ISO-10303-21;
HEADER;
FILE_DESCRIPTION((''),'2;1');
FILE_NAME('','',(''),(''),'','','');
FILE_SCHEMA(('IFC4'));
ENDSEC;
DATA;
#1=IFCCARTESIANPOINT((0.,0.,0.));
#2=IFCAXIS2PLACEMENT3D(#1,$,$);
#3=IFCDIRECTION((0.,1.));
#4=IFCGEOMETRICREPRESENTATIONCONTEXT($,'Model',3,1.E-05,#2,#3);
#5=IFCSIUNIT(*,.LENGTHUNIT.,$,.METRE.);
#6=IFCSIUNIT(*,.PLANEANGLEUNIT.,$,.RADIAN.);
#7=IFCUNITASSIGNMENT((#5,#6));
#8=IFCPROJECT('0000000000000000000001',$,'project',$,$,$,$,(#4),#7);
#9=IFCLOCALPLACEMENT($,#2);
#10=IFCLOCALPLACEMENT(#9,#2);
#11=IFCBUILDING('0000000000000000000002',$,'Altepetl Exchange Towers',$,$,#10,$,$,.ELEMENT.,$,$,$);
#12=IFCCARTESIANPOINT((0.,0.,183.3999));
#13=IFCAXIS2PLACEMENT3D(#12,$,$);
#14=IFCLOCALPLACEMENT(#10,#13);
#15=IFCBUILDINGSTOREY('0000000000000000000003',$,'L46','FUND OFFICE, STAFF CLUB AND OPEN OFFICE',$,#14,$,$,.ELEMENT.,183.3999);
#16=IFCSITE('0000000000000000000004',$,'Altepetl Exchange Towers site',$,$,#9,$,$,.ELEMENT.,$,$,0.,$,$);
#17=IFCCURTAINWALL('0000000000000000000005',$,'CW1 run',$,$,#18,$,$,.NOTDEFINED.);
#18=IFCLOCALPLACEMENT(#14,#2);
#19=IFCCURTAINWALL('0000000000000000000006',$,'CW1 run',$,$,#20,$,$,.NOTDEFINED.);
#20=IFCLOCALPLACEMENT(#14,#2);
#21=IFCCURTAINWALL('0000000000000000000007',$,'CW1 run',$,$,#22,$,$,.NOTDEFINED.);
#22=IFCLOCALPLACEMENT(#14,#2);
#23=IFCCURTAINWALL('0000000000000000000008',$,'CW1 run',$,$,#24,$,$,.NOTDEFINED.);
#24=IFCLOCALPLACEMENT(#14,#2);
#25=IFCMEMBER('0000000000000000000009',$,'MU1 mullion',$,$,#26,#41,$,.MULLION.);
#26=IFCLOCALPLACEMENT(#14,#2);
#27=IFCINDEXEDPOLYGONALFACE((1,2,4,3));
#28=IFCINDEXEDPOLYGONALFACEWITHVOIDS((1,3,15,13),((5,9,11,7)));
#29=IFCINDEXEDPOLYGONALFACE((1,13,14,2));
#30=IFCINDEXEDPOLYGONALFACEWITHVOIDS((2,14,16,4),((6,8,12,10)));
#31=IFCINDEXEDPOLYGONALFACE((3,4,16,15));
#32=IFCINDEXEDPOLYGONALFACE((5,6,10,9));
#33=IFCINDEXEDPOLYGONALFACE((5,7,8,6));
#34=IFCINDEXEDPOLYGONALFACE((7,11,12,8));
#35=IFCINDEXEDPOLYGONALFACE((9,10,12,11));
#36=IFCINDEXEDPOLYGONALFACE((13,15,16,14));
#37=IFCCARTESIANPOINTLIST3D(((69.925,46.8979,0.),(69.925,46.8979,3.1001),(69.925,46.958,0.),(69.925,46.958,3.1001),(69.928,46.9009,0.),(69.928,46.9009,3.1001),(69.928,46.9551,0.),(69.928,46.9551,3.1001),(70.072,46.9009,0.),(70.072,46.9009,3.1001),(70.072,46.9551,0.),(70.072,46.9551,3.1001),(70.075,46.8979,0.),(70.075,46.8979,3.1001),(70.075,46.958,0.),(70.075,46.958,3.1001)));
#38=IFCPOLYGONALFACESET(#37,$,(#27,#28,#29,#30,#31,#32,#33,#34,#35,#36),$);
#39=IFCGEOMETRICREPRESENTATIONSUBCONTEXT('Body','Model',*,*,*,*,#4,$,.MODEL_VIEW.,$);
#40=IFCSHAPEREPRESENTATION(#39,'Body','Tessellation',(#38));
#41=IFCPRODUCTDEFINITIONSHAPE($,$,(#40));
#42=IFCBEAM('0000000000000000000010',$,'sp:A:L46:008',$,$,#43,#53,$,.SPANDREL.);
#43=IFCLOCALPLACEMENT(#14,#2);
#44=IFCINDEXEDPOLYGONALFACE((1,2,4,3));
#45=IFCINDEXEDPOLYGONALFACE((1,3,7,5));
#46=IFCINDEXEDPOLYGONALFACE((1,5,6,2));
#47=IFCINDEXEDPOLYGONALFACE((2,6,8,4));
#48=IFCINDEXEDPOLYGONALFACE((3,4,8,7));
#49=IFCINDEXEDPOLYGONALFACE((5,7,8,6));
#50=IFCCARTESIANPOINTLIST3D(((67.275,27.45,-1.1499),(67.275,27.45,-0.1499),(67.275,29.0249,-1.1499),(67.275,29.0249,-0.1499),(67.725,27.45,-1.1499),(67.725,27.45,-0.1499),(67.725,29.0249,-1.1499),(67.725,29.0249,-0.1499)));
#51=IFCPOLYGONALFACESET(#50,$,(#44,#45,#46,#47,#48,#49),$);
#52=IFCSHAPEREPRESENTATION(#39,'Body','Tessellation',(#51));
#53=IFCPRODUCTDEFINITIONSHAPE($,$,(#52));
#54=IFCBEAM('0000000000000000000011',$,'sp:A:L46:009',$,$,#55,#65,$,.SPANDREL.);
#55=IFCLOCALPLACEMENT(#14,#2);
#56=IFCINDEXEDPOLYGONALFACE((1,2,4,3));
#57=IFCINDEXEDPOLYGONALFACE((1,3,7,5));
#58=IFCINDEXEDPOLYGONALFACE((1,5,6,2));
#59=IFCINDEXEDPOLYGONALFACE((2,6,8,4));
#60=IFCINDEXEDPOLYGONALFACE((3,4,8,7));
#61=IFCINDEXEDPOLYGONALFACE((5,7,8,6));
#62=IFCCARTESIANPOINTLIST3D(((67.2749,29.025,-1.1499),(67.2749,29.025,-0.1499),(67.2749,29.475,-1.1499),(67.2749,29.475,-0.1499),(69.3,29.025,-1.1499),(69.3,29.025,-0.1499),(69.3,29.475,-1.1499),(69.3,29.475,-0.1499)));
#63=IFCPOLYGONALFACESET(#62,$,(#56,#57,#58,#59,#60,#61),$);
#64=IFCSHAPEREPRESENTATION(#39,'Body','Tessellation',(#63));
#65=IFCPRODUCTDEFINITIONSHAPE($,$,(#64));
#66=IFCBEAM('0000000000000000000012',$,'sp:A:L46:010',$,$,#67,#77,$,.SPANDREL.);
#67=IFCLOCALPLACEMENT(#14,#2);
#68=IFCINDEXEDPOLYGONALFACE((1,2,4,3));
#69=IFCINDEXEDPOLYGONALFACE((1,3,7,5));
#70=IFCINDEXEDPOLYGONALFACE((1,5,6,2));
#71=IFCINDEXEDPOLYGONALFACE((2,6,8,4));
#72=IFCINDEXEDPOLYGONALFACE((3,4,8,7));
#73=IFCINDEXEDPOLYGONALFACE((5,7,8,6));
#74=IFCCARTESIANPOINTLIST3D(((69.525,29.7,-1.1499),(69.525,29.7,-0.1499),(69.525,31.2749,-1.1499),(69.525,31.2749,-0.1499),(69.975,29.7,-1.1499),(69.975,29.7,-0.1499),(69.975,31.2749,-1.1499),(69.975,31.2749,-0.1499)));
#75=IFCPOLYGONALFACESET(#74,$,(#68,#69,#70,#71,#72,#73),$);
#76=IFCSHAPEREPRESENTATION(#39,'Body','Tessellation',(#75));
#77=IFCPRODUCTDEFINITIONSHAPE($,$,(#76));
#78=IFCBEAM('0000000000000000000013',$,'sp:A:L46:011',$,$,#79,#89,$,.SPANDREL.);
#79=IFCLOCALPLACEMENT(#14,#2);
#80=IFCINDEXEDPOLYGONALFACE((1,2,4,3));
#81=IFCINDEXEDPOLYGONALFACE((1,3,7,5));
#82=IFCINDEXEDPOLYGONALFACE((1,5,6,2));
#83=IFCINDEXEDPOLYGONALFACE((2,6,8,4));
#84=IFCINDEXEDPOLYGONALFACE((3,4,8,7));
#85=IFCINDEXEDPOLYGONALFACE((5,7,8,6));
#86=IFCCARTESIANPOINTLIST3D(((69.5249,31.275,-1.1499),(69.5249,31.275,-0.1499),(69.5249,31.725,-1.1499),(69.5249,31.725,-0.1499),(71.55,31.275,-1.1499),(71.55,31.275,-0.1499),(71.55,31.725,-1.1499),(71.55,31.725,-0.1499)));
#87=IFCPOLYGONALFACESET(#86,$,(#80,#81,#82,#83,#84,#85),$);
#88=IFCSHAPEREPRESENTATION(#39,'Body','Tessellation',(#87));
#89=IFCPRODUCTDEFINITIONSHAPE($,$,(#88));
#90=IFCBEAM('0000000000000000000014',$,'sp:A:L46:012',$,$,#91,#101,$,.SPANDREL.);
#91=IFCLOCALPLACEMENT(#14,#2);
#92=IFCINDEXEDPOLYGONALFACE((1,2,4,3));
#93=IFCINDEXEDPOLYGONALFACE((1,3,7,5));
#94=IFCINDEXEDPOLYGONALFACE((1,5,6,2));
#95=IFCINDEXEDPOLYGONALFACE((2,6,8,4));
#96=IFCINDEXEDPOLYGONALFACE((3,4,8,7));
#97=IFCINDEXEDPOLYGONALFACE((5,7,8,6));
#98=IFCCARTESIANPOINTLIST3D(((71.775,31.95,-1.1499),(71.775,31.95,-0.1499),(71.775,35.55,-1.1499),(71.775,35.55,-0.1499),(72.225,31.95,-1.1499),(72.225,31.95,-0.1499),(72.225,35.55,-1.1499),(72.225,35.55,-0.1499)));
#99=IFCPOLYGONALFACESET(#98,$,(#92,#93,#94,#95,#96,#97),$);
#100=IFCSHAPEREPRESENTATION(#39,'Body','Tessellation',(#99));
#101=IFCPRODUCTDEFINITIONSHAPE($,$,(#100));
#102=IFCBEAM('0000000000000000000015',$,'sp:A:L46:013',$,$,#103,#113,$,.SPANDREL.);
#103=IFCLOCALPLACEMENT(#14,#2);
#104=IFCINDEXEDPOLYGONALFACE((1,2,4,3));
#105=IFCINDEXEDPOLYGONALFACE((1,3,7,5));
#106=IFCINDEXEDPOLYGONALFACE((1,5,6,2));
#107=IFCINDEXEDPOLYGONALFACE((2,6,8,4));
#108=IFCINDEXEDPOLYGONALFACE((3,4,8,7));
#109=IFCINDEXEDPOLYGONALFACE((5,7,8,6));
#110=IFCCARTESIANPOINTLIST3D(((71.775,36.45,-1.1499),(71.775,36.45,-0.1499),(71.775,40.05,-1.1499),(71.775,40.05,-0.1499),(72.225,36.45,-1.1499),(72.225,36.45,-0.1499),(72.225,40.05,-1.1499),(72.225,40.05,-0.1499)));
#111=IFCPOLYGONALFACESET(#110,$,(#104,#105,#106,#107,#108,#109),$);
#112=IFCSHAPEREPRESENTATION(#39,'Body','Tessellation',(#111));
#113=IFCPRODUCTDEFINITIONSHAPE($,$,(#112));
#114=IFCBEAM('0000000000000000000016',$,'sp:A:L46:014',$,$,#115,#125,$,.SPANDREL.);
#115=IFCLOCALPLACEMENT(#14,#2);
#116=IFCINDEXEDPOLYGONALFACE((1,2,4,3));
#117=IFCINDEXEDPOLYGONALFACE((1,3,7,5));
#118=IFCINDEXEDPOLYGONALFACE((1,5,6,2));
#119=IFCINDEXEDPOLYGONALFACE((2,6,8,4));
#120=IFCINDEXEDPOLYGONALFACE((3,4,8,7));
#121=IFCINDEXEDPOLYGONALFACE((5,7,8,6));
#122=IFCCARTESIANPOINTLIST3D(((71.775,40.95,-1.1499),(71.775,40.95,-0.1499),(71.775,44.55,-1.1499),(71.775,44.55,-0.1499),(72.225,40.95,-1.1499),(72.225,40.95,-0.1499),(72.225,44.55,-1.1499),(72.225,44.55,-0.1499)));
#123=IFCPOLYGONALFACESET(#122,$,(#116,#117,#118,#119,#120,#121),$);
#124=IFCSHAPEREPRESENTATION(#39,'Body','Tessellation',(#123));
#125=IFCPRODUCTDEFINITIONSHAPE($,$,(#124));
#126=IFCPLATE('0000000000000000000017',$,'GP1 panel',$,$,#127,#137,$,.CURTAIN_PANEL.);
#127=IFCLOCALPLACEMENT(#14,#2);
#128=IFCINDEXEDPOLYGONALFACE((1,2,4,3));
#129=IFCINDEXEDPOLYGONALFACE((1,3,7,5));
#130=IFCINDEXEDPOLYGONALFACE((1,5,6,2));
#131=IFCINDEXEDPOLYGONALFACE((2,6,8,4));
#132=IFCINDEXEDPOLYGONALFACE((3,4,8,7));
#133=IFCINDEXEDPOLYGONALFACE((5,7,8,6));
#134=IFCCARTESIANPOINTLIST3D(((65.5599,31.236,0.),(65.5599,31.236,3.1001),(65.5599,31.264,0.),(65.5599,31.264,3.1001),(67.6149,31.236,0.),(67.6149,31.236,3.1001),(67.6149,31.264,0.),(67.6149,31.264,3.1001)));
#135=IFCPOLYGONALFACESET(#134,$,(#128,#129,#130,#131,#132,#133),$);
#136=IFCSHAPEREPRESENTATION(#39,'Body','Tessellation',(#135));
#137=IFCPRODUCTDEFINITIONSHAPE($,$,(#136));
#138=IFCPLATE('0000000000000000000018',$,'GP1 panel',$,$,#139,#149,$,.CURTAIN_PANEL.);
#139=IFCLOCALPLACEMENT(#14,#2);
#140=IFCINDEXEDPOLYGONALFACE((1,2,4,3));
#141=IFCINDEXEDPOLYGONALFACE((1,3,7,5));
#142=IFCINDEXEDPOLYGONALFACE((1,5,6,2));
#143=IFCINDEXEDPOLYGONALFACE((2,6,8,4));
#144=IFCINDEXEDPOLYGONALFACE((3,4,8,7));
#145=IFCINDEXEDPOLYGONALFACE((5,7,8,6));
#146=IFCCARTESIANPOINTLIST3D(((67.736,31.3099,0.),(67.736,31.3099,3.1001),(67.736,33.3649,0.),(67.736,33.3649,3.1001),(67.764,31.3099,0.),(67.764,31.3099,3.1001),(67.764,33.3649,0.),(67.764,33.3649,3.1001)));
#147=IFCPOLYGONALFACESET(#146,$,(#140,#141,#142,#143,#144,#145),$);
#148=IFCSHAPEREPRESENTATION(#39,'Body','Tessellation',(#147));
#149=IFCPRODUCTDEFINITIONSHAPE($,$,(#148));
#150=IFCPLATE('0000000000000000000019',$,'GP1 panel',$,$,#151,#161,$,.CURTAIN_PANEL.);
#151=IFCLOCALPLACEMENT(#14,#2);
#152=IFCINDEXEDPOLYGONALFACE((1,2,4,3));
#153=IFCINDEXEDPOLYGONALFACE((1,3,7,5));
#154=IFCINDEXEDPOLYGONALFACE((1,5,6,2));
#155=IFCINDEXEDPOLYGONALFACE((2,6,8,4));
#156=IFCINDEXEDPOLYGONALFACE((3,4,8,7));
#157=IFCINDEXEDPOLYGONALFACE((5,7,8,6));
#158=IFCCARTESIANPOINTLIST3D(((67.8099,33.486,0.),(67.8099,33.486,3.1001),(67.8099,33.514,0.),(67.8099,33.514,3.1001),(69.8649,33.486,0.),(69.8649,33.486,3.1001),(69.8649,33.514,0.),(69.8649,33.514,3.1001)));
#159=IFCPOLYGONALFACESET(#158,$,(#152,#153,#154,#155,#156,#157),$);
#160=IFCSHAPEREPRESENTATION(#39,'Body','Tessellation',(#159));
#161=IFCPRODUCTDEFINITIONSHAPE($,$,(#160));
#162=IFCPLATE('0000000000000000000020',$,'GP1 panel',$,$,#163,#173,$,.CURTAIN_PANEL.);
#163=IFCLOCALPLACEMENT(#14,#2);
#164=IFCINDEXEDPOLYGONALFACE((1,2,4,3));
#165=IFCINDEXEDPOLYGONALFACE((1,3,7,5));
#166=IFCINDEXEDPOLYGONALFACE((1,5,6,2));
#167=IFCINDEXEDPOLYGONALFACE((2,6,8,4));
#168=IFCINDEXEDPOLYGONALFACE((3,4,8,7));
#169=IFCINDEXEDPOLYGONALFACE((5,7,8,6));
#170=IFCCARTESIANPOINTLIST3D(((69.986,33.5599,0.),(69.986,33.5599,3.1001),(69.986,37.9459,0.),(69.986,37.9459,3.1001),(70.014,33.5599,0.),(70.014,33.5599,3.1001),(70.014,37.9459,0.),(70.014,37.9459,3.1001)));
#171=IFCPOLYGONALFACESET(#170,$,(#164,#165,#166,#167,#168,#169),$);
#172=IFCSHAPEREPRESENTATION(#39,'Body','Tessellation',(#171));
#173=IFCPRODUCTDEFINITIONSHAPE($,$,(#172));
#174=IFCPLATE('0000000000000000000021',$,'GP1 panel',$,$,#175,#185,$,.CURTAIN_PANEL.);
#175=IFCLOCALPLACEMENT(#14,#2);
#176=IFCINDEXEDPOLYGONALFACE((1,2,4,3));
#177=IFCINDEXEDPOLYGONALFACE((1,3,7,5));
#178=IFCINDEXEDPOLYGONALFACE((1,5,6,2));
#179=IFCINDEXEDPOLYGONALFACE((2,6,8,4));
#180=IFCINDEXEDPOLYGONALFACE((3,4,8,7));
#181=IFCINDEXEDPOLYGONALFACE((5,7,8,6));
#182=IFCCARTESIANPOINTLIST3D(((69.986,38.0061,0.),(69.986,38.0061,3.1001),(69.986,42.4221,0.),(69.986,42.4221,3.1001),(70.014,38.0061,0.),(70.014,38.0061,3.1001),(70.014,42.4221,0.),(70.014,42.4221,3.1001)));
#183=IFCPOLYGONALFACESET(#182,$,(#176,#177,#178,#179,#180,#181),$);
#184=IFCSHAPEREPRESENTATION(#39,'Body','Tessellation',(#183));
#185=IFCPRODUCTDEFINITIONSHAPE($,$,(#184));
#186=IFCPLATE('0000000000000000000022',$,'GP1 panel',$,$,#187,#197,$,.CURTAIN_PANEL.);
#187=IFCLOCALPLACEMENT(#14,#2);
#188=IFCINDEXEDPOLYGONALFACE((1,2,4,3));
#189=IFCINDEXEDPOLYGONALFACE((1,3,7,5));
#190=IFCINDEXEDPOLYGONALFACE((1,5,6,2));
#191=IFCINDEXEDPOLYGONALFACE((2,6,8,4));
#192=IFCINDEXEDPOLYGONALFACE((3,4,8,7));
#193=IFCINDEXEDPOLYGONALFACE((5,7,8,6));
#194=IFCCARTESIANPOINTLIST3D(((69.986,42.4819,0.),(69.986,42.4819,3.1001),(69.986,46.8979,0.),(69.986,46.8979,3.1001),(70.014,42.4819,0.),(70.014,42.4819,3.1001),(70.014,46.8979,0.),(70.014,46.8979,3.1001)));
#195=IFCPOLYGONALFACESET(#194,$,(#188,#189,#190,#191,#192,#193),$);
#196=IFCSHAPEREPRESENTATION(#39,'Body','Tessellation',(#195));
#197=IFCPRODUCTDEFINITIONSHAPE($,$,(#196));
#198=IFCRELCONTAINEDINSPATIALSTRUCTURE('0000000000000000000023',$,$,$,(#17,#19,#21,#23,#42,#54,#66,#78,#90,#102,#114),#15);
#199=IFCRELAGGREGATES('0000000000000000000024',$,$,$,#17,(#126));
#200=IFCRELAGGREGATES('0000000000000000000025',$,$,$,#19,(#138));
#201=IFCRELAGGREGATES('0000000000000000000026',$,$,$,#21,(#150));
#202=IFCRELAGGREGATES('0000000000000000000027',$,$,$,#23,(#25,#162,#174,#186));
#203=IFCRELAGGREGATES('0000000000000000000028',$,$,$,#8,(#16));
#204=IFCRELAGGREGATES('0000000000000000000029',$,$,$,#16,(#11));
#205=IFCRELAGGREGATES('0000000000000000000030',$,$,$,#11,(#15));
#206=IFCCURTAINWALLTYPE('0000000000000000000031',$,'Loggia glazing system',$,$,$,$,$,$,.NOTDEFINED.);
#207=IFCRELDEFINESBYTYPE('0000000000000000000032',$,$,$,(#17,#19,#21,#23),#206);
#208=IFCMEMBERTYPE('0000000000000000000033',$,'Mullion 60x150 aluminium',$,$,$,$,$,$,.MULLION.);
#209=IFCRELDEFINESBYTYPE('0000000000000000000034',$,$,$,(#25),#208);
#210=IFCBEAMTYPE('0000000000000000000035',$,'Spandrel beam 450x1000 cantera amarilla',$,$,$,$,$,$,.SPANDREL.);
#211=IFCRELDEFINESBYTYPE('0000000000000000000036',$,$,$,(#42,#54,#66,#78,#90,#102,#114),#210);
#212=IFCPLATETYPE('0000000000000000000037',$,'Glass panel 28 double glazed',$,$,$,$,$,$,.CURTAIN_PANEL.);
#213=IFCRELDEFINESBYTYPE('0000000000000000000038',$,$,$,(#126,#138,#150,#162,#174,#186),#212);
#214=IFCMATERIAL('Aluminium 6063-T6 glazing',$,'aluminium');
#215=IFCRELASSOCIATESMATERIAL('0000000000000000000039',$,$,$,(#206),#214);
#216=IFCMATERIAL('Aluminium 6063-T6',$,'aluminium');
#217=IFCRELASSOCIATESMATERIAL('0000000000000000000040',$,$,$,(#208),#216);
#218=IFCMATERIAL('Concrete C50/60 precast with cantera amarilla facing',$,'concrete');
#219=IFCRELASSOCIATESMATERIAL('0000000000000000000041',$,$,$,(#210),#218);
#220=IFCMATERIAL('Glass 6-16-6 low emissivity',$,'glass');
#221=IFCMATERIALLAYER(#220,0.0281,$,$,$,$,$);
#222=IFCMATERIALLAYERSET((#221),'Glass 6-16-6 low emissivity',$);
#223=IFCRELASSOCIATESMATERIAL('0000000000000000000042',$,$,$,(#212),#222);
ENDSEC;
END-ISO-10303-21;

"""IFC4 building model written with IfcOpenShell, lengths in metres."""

from ifc_helpers import new_model, si_unit, direction, frame, origin, origin_2d, place, context, subcontext, project, spatial, rectangle, hollow_rectangle, extrude, material, layer, layer_set, material_profile, profile_set, type_object, element, aggregate, save


model = new_model("IFC4")

# Units and contexts
model_context = context("Model", 3, precision=1e-05, world=origin(), true_north=direction((0.0, 1.0)))
body_context = subcontext(model_context, "Body", "Model", "MODEL_VIEW")
ifc_project = project(units=[si_unit("LENGTHUNIT", "METRE"), si_unit("PLANEANGLEUNIT", "RADIAN")], contexts=[model_context])

# Site, building, storey
site_placement = place(None, origin())
site = spatial("IfcSite", under=ifc_project, at=site_placement, Name="Altepetl Exchange Towers site", CompositionType="ELEMENT", RefElevation=0.0)
building_placement = place(site_placement, origin())
building = spatial("IfcBuilding", under=site, at=building_placement, Name="Altepetl Exchange Towers", CompositionType="ELEMENT")
storey_placement = place(building_placement, frame((0.0, 0.0, 183.3999)))
storey = spatial("IfcBuildingStorey", under=building, at=storey_placement, Name="L46", Description="FUND OFFICE, STAFF CLUB AND OPEN OFFICE", CompositionType="ELEMENT", Elevation=183.3999)

# Curtain wall
ifc_material_1 = material(Name="Aluminium 6063-T6 glazing", Category="aluminium")
curtain_wall_type = type_object("IfcCurtainWallType", Name="Loggia glazing system", PredefinedType="NOTDEFINED", material=ifc_material_1)
curtain_wall_1_placement = place(storey_placement, origin())
curtain_wall_1 = element("IfcCurtainWall", 1, at=curtain_wall_1_placement, inside=storey, type_object=curtain_wall_type, Name="CW1 run", PredefinedType="NOTDEFINED")
ifc_material_2 = material(Name="Aluminium 6063-T6", Category="aluminium")
ifc_material_profile_1 = material_profile(ifc_material_2, hollow_rectangle(XDim=0.0601, YDim=0.1499, WallThickness=0.0029, at=origin_2d()), Name="Mullion 60x150 aluminium")
ifc_profile_set_1 = profile_set([ifc_material_profile_1], Name="Aluminium 6063-T6")
member_type = type_object("IfcMemberType", Name="Mullion 60x150 aluminium", PredefinedType="MULLION", material=ifc_profile_set_1)

# Curtain walls, member
curtain_wall_2_placement = place(storey_placement, origin())
curtain_wall_2 = element("IfcCurtainWall", 2, at=curtain_wall_2_placement, inside=storey, type_object=curtain_wall_type, Name="CW1 run", PredefinedType="NOTDEFINED")
curtain_wall_3_placement = place(storey_placement, origin())
curtain_wall_3 = element("IfcCurtainWall", 3, at=curtain_wall_3_placement, inside=storey, type_object=curtain_wall_type, Name="CW1 run", PredefinedType="NOTDEFINED")
curtain_wall_4_placement = place(storey_placement, origin())
curtain_wall_4 = element("IfcCurtainWall", 4, at=curtain_wall_4_placement, inside=storey, type_object=curtain_wall_type, Name="CW1 run", PredefinedType="NOTDEFINED")
member_1_placement = place(storey_placement, frame((70.0, 46.928, 0.0), z_axis=(0.0, 0.0, 1.0), x_axis=(0.0, 1.0, 0.0)))
member_1 = element("IfcMember", 5, at=member_1_placement, type_object=member_type, Name="MU1 mullion", PredefinedType="MULLION", context=body_context, shape_type="SweptSolid", body=[
    extrude(hollow_rectangle(XDim=0.0601, YDim=0.1499, WallThickness=0.0029, at=origin_2d()), origin(), (0.0, 0.0, 1.0), 3.1001),
])

# Beams
ifc_material_3 = material(Name="Concrete C50/60 precast with cantera amarilla facing", Category="concrete")
ifc_material_profile_2 = material_profile(ifc_material_3, rectangle(XDim=0.45, YDim=1.0, at=origin_2d()), Name="450 x 1000")
ifc_profile_set_2 = profile_set([ifc_material_profile_2], Name="Concrete C50/60 precast with cantera amarilla facing")
beam_type = type_object("IfcBeamType", Name="Spandrel beam 450x1000 cantera amarilla", PredefinedType="SPANDREL", material=ifc_profile_set_2)
beam_1_placement = place(storey_placement, frame((67.5, 27.45, -0.6499), z_axis=(0.0, 1.0, 0.0), x_axis=(-1.0, 0.0, 0.0)))
element("IfcBeam", 6, at=beam_1_placement, inside=storey, type_object=beam_type, Name="sp:A:L46:008", PredefinedType="SPANDREL", context=body_context, shape_type="SweptSolid", body=[
    extrude(rectangle(XDim=0.45, YDim=1.0, at=origin_2d()), origin(), (0.0, 0.0, 1.0), 1.575),
])
beam_2_placement = place(storey_placement, frame((67.2749, 29.25, -0.6499), z_axis=(1.0, 0.0, 0.0), x_axis=(0.0, 1.0, 0.0)))
element("IfcBeam", 7, at=beam_2_placement, inside=storey, type_object=beam_type, Name="sp:A:L46:009", PredefinedType="SPANDREL", context=body_context, shape_type="SweptSolid", body=[
    extrude(rectangle(XDim=0.45, YDim=1.0, at=origin_2d()), origin(), (0.0, 0.0, 1.0), 2.0251),
])
beam_3_placement = place(storey_placement, frame((69.75, 29.7, -0.6499), z_axis=(0.0, 1.0, 0.0), x_axis=(-1.0, 0.0, 0.0)))
element("IfcBeam", 8, at=beam_3_placement, inside=storey, type_object=beam_type, Name="sp:A:L46:010", PredefinedType="SPANDREL", context=body_context, shape_type="SweptSolid", body=[
    extrude(rectangle(XDim=0.45, YDim=1.0, at=origin_2d()), origin(), (0.0, 0.0, 1.0), 1.575),
])
beam_4_placement = place(storey_placement, frame((69.5249, 31.5, -0.6499), z_axis=(1.0, 0.0, 0.0), x_axis=(0.0, 1.0, 0.0)))
element("IfcBeam", 9, at=beam_4_placement, inside=storey, type_object=beam_type, Name="sp:A:L46:011", PredefinedType="SPANDREL", context=body_context, shape_type="SweptSolid", body=[
    extrude(rectangle(XDim=0.45, YDim=1.0, at=origin_2d()), origin(), (0.0, 0.0, 1.0), 2.0251),
])
for number, where, z_axis, x_axis, name in (
    (10, (72.0, 31.95, -0.6499), (0.0, 1.0, 0.0), (-1.0, 0.0, 0.0), "sp:A:L46:012"),
    (11, (72.0, 36.45, -0.6499), (0.0, 1.0, 0.0), (-1.0, 0.0, 0.0), "sp:A:L46:013"),
    (12, (72.0, 40.95, -0.6499), (0.0, 1.0, 0.0), (-1.0, 0.0, 0.0), "sp:A:L46:014"),
):
    element("IfcBeam", number, at=place(storey_placement, frame(where, z_axis=z_axis, x_axis=x_axis)), inside=storey, type_object=beam_type, Name=name, PredefinedType="SPANDREL", context=body_context, shape_type="SweptSolid", body=[
        extrude(rectangle(XDim=0.45, YDim=1.0, at=origin_2d()), origin(), (0.0, 0.0, 1.0), 3.6001),
    ])

# Plates
ifc_material_4 = material(Name="Glass 6-16-6 low emissivity", Category="glass")
ifc_layer = layer(ifc_material_4, 0.0281)
ifc_layer_set = layer_set([ifc_layer], Name="Glass 6-16-6 low emissivity")
plate_type = type_object("IfcPlateType", Name="Glass panel 28 double glazed", PredefinedType="CURTAIN_PANEL", material=ifc_layer_set)
plate_1_placement = place(storey_placement, frame((66.5874, 31.25, 0.0)))
plate_1 = element("IfcPlate", 13, at=plate_1_placement, type_object=plate_type, Name="GP1 panel", PredefinedType="CURTAIN_PANEL", context=body_context, shape_type="SweptSolid", body=[
    extrude(rectangle(XDim=2.0549, YDim=0.0281, at=origin_2d()), origin(), (0.0, 0.0, 1.0), 3.1001),
])
aggregate(curtain_wall_1, [plate_1])
plate_2_placement = place(storey_placement, frame((67.75, 32.3374, 0.0), z_axis=(0.0, 0.0, 1.0), x_axis=(0.0, 1.0, 0.0)))
plate_2 = element("IfcPlate", 14, at=plate_2_placement, type_object=plate_type, Name="GP1 panel", PredefinedType="CURTAIN_PANEL", context=body_context, shape_type="SweptSolid", body=[
    extrude(rectangle(XDim=2.0549, YDim=0.0281, at=origin_2d()), origin(), (0.0, 0.0, 1.0), 3.1001),
])
aggregate(curtain_wall_2, [plate_2])
plate_3_placement = place(storey_placement, frame((68.8374, 33.5, 0.0)))
plate_3 = element("IfcPlate", 15, at=plate_3_placement, type_object=plate_type, Name="GP1 panel", PredefinedType="CURTAIN_PANEL", context=body_context, shape_type="SweptSolid", body=[
    extrude(rectangle(XDim=2.0549, YDim=0.0281, at=origin_2d()), origin(), (0.0, 0.0, 1.0), 3.1001),
])
aggregate(curtain_wall_3, [plate_3])
plate_4_placement = place(storey_placement, frame((70.0, 35.7529, 0.0), z_axis=(0.0, 0.0, 1.0), x_axis=(0.0, 1.0, 0.0)))
plate_4 = element("IfcPlate", 16, at=plate_4_placement, type_object=plate_type, Name="GP1 panel", PredefinedType="CURTAIN_PANEL", context=body_context, shape_type="SweptSolid", body=[
    extrude(rectangle(XDim=4.386, YDim=0.0281, at=origin_2d()), origin(), (0.0, 0.0, 1.0), 3.1001),
])
plate_5_placement = place(storey_placement, frame((70.0, 40.2141, 0.0), z_axis=(0.0, 0.0, 1.0), x_axis=(0.0, 1.0, 0.0)))
plate_5 = element("IfcPlate", 17, at=plate_5_placement, type_object=plate_type, Name="GP1 panel", PredefinedType="CURTAIN_PANEL", context=body_context, shape_type="SweptSolid", body=[
    extrude(rectangle(XDim=4.416, YDim=0.0281, at=origin_2d()), origin(), (0.0, 0.0, 1.0), 3.1001),
])
plate_6_placement = place(storey_placement, frame((70.0, 44.6899, 0.0), z_axis=(0.0, 0.0, 1.0), x_axis=(0.0, 1.0, 0.0)))
plate_6 = element("IfcPlate", 18, at=plate_6_placement, type_object=plate_type, Name="GP1 panel", PredefinedType="CURTAIN_PANEL", context=body_context, shape_type="SweptSolid", body=[
    extrude(rectangle(XDim=4.416, YDim=0.0281, at=origin_2d()), origin(), (0.0, 0.0, 1.0), 3.1001),
])
aggregate(curtain_wall_4, [member_1, plate_4, plate_5, plate_6])

save(model, "model.ifc")
